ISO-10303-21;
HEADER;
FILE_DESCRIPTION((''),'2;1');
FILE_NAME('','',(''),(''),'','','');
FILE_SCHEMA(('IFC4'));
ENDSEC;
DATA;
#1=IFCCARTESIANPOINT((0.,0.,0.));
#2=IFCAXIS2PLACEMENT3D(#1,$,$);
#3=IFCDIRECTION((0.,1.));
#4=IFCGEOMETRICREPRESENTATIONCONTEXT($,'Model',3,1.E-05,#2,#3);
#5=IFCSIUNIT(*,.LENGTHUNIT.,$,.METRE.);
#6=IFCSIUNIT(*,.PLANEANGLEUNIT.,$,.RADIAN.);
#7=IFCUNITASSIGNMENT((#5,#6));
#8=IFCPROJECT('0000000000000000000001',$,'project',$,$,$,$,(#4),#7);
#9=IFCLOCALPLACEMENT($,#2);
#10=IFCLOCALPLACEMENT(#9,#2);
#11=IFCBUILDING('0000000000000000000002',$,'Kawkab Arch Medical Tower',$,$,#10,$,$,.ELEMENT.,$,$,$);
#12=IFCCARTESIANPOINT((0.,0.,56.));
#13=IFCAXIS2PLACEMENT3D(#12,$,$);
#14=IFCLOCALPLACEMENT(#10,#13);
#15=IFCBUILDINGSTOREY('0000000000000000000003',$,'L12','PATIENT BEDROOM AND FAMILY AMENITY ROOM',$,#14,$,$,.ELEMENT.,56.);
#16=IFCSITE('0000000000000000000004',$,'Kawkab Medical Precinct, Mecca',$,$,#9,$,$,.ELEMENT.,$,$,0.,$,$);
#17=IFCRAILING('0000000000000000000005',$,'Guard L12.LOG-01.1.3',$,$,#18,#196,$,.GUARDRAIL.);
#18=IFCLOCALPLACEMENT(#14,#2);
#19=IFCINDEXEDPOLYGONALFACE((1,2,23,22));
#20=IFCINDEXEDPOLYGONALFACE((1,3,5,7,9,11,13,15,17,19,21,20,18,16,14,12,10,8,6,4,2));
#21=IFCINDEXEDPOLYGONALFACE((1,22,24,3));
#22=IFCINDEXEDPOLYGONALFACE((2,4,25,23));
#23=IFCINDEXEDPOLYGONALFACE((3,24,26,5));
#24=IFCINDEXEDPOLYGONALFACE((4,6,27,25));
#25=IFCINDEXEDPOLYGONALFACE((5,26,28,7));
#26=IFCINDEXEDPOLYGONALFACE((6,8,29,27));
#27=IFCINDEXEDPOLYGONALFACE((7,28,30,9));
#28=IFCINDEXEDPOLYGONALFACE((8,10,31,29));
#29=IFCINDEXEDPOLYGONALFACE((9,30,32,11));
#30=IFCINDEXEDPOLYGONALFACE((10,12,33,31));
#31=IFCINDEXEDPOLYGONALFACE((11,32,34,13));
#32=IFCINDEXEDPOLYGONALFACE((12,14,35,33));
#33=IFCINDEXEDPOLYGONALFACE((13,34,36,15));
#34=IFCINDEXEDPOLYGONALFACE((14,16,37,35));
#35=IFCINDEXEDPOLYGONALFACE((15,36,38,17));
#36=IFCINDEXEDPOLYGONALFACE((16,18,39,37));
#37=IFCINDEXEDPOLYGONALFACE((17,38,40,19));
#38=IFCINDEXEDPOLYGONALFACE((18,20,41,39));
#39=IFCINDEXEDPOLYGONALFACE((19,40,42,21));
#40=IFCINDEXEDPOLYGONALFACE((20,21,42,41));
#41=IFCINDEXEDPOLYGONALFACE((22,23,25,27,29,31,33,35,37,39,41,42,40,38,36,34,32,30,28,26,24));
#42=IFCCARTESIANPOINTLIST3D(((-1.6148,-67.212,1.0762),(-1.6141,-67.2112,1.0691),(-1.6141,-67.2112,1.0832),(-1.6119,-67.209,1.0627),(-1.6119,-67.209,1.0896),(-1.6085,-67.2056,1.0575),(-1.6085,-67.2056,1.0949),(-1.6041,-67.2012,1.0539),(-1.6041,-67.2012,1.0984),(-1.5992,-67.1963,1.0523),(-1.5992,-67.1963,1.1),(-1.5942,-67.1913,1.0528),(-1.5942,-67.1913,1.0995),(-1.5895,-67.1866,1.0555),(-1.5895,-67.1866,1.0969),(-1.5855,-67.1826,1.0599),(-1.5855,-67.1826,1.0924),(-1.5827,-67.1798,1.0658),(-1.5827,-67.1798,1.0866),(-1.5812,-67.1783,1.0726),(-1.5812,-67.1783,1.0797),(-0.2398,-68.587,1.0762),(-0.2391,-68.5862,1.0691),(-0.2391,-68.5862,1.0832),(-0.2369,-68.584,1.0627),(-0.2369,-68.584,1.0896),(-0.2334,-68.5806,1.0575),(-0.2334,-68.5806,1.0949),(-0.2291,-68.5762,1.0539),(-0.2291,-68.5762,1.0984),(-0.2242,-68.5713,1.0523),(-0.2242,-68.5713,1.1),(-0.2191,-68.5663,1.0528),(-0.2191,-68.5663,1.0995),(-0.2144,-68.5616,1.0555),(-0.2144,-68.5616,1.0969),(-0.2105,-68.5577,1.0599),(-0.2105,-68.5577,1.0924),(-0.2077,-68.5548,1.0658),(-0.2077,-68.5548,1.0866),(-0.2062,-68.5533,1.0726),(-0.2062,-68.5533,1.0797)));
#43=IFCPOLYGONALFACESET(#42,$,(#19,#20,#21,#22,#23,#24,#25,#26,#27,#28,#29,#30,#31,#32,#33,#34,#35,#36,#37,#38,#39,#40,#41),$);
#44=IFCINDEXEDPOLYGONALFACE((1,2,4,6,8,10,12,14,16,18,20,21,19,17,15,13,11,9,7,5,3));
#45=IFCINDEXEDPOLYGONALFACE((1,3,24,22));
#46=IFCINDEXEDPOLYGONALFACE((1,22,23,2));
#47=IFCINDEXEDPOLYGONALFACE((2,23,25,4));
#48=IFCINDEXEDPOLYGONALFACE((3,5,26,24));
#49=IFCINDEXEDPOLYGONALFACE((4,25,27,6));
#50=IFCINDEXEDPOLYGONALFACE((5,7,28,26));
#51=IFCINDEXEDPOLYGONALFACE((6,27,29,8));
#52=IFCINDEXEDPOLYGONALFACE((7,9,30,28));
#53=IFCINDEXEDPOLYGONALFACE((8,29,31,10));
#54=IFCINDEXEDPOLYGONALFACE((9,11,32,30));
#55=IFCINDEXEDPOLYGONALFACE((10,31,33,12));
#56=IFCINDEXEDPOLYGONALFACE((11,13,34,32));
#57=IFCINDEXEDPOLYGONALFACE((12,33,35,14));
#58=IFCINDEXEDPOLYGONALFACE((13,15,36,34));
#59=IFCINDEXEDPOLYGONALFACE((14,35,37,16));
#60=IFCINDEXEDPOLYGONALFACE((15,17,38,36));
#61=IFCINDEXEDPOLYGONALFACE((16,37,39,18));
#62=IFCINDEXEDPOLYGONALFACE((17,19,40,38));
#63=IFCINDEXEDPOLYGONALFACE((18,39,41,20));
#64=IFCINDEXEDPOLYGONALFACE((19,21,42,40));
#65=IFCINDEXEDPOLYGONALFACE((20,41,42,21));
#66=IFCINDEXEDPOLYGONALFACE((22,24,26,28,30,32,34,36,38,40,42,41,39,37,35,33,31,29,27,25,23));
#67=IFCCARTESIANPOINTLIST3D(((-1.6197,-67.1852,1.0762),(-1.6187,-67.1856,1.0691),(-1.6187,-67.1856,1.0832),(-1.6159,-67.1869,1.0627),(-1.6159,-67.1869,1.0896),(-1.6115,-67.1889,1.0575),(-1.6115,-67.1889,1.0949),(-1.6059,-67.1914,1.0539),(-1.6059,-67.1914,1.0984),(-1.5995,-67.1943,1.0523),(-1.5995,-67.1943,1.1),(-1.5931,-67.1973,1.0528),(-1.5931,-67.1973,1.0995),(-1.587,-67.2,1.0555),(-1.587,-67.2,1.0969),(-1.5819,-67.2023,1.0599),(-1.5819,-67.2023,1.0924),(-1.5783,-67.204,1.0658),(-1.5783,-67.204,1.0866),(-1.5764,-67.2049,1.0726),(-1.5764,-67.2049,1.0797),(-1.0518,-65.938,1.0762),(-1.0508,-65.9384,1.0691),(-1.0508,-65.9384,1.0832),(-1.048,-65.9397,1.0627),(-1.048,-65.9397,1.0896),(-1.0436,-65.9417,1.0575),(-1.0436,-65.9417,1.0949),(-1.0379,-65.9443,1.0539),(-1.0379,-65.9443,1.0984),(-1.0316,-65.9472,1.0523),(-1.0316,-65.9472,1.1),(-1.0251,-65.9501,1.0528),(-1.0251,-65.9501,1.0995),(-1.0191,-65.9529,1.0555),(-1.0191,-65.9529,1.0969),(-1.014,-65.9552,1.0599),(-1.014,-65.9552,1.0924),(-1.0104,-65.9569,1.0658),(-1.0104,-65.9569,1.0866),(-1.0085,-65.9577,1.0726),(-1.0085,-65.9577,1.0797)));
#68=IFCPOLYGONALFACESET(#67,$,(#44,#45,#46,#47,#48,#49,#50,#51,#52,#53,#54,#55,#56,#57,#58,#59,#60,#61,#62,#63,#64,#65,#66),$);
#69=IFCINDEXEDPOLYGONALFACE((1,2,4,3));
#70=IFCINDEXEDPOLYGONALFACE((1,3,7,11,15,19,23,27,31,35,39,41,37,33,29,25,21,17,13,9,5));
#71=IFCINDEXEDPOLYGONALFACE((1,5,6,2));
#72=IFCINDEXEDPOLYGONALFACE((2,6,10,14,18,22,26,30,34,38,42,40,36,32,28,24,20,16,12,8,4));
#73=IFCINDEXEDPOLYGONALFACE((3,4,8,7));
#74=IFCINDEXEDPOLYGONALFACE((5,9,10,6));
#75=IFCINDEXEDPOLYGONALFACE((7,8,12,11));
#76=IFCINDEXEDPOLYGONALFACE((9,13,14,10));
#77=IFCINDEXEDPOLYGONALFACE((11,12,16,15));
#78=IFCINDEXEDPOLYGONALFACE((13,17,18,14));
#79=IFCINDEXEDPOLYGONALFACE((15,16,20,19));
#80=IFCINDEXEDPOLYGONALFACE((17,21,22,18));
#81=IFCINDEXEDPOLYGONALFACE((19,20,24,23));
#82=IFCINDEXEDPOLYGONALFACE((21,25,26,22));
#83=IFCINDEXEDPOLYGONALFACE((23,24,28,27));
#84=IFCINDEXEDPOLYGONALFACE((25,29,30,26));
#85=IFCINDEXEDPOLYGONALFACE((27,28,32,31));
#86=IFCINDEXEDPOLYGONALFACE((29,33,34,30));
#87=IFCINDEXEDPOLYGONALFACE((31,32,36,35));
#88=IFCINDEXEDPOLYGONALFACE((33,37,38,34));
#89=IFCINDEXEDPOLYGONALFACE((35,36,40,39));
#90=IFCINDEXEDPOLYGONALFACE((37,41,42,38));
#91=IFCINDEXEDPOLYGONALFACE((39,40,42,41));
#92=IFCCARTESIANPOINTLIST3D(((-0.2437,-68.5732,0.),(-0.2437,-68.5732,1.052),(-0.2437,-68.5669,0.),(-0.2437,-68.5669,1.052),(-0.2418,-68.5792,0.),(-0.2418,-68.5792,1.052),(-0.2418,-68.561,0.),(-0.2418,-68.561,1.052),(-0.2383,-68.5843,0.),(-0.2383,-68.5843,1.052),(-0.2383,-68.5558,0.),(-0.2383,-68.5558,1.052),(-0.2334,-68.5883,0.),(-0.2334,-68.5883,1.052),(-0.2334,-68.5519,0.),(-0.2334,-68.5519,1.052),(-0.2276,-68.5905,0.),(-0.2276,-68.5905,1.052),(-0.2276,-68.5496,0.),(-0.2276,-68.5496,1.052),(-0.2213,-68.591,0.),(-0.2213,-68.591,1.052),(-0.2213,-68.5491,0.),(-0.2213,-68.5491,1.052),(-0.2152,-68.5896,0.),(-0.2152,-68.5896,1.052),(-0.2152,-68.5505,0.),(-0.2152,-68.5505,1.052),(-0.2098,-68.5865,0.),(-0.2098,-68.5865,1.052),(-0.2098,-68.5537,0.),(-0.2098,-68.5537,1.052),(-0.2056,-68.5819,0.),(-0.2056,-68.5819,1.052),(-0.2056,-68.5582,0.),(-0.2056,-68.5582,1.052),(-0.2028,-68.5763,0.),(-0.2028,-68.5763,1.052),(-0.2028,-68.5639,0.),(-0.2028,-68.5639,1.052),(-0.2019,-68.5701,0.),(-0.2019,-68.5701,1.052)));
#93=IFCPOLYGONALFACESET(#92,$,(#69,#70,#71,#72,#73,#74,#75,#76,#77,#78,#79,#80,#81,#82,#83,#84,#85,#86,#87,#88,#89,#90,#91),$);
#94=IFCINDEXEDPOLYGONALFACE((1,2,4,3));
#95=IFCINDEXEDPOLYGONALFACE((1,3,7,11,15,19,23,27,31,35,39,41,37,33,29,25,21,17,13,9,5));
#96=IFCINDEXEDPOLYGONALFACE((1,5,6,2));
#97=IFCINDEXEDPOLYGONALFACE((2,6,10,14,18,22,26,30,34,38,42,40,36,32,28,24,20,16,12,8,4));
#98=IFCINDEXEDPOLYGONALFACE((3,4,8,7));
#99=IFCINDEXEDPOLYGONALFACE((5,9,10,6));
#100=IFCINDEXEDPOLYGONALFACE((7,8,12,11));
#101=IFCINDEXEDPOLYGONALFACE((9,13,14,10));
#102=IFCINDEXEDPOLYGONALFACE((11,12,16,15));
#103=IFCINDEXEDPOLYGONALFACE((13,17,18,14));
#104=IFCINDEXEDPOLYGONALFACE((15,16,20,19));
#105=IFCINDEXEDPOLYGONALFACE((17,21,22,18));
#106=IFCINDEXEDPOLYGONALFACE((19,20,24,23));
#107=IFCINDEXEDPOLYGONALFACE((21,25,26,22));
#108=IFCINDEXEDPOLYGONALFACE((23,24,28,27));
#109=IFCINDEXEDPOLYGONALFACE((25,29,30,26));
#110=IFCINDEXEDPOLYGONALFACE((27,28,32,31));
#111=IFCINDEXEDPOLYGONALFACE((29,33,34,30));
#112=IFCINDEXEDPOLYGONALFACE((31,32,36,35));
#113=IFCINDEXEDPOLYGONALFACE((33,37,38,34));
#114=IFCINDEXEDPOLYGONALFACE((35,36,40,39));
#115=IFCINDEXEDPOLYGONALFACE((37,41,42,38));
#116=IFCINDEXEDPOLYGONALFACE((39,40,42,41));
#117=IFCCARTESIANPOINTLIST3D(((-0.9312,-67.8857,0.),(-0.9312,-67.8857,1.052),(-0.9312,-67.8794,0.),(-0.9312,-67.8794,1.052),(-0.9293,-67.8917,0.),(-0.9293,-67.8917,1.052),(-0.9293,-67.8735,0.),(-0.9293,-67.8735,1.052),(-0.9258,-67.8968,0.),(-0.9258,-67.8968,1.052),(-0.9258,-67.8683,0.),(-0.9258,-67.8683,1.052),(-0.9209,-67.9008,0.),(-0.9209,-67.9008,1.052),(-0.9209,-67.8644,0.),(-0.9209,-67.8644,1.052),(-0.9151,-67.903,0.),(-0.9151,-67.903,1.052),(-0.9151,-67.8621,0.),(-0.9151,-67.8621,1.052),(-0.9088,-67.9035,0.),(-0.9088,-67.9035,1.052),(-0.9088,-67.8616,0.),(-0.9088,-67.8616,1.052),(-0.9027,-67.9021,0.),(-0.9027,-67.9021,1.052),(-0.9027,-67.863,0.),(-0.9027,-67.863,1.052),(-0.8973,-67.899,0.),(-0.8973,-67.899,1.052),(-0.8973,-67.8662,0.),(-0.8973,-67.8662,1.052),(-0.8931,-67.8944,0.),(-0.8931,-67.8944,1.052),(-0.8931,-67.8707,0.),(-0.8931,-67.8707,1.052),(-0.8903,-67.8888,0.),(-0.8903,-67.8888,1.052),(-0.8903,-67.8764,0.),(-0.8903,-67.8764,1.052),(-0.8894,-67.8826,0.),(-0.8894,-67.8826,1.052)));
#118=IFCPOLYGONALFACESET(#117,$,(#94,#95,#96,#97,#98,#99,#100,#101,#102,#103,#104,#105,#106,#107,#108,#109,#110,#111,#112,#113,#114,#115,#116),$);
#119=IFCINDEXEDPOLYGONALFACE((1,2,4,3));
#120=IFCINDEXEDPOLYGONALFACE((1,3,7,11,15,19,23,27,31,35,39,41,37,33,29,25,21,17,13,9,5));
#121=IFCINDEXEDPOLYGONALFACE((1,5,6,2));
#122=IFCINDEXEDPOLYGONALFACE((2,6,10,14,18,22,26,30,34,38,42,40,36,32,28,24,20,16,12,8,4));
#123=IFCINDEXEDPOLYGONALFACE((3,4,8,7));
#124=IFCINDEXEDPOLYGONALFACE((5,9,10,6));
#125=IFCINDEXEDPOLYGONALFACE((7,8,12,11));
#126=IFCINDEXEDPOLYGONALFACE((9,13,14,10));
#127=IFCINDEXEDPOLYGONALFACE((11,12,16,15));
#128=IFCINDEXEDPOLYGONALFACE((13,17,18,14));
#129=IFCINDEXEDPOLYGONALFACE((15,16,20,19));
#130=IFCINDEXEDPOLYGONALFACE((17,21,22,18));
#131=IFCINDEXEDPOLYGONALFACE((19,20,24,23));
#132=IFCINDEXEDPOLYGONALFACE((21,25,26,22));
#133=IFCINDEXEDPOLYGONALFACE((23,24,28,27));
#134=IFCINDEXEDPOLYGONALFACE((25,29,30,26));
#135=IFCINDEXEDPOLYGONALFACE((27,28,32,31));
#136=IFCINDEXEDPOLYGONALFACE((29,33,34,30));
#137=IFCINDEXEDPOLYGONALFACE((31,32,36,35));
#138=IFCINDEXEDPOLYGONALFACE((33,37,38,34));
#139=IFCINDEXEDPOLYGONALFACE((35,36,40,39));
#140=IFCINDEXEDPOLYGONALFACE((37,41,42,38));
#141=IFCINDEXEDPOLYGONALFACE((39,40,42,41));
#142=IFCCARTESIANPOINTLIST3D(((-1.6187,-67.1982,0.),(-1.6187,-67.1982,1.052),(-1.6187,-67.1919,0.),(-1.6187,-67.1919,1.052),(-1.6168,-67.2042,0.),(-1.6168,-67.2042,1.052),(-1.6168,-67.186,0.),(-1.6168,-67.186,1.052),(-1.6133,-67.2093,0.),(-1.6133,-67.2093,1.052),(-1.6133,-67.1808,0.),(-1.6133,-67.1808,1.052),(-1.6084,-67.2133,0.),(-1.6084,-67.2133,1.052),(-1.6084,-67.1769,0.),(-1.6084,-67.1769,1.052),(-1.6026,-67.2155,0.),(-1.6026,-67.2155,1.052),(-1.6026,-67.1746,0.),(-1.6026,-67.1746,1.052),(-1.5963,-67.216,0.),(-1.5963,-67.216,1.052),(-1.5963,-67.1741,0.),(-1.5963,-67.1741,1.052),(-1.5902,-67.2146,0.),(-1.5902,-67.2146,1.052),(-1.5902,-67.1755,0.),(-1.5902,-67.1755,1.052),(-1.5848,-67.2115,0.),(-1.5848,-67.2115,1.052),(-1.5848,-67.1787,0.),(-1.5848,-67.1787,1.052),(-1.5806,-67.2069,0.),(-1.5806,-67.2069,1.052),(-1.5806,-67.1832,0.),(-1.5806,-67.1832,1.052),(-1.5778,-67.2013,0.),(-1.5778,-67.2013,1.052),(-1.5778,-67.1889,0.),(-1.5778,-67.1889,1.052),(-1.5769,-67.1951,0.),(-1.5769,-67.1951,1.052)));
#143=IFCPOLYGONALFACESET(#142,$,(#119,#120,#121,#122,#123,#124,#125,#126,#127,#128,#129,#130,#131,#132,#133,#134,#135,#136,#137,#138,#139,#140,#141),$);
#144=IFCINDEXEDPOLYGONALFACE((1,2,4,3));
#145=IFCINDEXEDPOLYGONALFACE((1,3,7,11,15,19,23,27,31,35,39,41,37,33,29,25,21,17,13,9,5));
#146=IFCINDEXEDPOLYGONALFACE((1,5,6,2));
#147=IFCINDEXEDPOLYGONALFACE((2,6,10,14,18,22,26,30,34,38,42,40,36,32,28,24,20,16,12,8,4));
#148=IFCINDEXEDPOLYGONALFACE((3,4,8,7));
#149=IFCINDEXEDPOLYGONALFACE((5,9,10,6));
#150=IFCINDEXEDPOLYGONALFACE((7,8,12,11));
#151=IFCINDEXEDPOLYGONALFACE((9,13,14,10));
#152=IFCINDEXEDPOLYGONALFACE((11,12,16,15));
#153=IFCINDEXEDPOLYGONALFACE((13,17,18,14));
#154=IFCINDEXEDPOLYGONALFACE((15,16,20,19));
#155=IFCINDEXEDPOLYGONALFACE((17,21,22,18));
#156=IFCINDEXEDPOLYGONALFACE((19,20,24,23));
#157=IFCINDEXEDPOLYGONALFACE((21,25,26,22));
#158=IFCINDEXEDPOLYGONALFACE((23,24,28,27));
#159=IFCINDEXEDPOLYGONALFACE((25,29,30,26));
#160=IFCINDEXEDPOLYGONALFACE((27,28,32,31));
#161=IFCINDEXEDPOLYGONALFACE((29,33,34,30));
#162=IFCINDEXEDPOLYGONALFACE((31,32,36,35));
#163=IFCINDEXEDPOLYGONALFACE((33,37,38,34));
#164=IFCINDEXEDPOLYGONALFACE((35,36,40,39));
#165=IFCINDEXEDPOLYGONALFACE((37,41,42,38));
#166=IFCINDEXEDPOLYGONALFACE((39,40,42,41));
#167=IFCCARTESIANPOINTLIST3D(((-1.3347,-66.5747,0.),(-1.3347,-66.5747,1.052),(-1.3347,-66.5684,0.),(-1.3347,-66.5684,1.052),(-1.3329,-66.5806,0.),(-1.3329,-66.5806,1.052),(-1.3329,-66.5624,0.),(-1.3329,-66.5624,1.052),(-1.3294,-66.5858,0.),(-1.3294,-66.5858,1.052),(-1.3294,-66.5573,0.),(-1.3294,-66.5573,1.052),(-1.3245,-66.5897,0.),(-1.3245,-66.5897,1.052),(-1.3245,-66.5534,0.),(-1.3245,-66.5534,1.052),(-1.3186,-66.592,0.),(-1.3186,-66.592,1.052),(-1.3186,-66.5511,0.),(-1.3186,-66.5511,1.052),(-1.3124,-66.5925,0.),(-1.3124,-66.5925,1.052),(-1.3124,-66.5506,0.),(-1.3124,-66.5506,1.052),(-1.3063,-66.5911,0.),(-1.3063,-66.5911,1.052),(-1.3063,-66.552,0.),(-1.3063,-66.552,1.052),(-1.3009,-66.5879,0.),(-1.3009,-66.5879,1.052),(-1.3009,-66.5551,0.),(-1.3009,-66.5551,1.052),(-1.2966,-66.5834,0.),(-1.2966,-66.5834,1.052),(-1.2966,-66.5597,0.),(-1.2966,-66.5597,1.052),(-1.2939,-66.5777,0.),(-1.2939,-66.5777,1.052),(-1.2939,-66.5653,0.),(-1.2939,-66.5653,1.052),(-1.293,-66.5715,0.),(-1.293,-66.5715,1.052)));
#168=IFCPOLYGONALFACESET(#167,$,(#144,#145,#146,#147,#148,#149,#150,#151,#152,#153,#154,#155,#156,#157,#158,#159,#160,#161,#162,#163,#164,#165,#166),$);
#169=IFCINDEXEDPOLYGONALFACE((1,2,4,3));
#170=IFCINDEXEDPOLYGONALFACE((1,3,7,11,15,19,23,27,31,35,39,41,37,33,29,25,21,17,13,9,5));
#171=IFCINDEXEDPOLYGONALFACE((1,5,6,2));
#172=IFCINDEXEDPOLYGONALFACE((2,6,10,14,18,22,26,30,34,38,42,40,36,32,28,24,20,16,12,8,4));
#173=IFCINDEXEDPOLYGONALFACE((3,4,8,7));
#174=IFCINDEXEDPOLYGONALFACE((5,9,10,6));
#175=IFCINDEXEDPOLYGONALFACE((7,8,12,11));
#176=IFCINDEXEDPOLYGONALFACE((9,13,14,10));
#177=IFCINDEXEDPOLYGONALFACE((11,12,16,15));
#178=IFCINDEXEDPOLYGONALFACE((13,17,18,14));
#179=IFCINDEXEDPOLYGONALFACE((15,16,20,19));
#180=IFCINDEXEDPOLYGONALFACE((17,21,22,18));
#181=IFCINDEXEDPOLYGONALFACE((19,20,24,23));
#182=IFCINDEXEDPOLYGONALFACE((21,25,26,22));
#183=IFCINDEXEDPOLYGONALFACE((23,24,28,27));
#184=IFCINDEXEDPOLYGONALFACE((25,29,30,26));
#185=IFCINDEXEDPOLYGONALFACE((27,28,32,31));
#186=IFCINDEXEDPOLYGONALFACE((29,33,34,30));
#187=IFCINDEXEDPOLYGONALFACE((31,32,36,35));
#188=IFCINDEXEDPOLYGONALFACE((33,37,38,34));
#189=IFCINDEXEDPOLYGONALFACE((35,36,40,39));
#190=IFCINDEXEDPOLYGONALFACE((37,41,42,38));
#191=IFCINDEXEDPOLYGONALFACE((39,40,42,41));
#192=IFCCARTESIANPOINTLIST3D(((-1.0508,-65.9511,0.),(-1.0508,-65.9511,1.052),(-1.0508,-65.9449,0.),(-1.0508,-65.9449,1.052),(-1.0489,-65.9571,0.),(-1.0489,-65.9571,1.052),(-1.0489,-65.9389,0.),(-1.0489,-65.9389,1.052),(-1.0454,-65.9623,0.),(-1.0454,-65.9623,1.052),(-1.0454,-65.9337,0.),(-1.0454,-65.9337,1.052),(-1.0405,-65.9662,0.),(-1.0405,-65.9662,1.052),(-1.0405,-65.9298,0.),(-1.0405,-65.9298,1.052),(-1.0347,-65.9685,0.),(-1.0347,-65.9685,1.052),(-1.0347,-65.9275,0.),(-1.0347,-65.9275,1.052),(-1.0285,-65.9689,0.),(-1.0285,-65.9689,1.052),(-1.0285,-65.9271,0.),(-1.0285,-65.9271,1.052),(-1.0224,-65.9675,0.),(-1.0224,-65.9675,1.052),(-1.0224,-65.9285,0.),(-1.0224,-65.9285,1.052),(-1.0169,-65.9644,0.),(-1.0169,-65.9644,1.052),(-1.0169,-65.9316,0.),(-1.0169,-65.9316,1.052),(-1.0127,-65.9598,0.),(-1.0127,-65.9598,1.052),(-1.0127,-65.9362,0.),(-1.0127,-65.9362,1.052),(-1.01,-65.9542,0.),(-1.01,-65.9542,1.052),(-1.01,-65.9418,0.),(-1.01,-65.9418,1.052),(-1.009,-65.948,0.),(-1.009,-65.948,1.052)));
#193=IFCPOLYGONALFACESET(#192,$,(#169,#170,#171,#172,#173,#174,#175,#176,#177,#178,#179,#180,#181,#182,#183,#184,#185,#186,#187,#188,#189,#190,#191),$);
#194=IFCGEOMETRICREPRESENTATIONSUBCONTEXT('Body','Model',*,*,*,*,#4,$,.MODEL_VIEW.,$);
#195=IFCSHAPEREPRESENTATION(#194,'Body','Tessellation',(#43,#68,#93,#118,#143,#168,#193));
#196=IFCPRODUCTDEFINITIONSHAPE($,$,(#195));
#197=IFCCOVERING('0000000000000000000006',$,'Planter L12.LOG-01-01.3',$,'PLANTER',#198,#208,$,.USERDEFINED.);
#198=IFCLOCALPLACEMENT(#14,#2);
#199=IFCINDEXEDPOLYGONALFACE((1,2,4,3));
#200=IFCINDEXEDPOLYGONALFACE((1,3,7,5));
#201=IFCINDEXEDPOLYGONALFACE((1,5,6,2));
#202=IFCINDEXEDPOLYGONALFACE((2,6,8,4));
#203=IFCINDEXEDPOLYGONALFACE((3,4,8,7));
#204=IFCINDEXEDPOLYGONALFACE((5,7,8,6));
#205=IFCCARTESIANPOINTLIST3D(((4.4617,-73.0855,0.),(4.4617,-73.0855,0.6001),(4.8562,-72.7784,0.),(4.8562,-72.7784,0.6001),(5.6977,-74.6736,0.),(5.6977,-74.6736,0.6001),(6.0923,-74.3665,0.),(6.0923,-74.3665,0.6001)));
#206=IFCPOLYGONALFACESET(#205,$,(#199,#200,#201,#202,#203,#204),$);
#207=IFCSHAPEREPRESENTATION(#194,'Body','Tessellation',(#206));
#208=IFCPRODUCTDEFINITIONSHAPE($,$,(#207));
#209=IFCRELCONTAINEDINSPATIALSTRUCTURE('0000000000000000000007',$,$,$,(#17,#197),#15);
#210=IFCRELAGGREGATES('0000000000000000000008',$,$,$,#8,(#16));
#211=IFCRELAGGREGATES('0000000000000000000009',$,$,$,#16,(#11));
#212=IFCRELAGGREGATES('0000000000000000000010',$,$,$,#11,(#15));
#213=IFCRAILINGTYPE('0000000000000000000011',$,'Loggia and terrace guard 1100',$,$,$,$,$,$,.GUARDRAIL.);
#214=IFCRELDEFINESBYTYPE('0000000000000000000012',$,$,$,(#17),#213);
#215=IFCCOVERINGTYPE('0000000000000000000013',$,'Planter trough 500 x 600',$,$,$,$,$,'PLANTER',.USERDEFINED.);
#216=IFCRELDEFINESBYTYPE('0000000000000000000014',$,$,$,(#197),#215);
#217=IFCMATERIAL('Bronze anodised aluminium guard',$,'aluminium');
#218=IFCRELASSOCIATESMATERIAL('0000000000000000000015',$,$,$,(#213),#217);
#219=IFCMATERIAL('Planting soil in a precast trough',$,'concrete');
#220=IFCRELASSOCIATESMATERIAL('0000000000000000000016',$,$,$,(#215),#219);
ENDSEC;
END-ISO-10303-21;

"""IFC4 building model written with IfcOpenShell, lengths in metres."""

from ifc_helpers import new_model, si_unit, direction, frame, origin, origin_2d, place, context, subcontext, project, spatial, rectangle, circle, extrude, material, material_profile, profile_set, type_object, element, save


model = new_model("IFC4")

# Units and contexts
model_context = context("Model", 3, precision=1e-05, world=origin(), true_north=direction((0.0, 1.0)))
body_context = subcontext(model_context, "Body", "Model", "MODEL_VIEW")
ifc_project = project(units=[si_unit("LENGTHUNIT", "METRE"), si_unit("PLANEANGLEUNIT", "RADIAN")], contexts=[model_context])

# Site, building, storey
site_placement = place(None, origin())
site = spatial("IfcSite", under=ifc_project, at=site_placement, Name="Kawkab Medical Precinct, Mecca", CompositionType="ELEMENT", RefElevation=0.0)
building_placement = place(site_placement, origin())
building = spatial("IfcBuilding", under=site, at=building_placement, Name="Kawkab Arch Medical Tower", CompositionType="ELEMENT")
storey_placement = place(building_placement, frame((0.0, 0.0, 56.0)))
storey = spatial("IfcBuildingStorey", under=building, at=storey_placement, Name="L12", Description="PATIENT BEDROOM AND FAMILY AMENITY ROOM", CompositionType="ELEMENT", Elevation=56.0)

# Railing
ifc_material_1 = material(Name="Bronze anodised aluminium guard", Category="aluminium")
railing_type_1 = type_object("IfcRailingType", Name="Loggia and terrace guard 1100", PredefinedType="GUARDRAIL", material=ifc_material_1)
railing_1_placement = place(storey_placement, frame((-0.2229, -68.5701, 0.0)))
element("IfcRailing", 1, at=railing_1_placement, inside=storey, type_object=railing_type_1, Name="Guard L12.LOG-01.1.3", PredefinedType="GUARDRAIL", context=body_context, shape_type="SweptSolid", body=[
    extrude(circle(Radius=0.0239, at=origin_2d()), frame((0.0, 0.0, 1.0762), z_axis=(-0.707107, 0.707107, 0.0), x_axis=(-0.707107, -0.707107, 0.0)), (0.0, 0.0, 1.0), 1.9446),
    extrude(circle(Radius=0.0239, at=origin_2d()), frame((-1.375, 1.375, 1.0762), z_axis=(0.41442, 0.910086, 0.0), x_axis=(-0.910086, 0.41442, 0.0)), (0.0, 0.0, 1.0), 1.3704),
    extrude(circle(Radius=0.021, at=origin_2d()), origin(), (0.0, 0.0, 1.0), 1.052),
    extrude(circle(Radius=0.021, at=origin_2d()), frame((-0.6875, 0.6875, 0.0)), (0.0, 0.0, 1.0), 1.052),
    extrude(circle(Radius=0.021, at=origin_2d()), frame((-1.375, 1.375, 0.0)), (0.0, 0.0, 1.0), 1.052),
    extrude(circle(Radius=0.021, at=origin_2d()), frame((-1.0911, 1.9985, 0.0)), (0.0, 0.0, 1.0), 1.052),
    extrude(circle(Radius=0.021, at=origin_2d()), frame((-0.8071, 2.6221, 0.0)), (0.0, 0.0, 1.0), 1.052),
])

# Covering
ifc_material_2 = material(Name="Planting soil in a precast trough", Category="concrete")
ifc_material_profile_1 = material_profile(ifc_material_2, rectangle(XDim=0.5, YDim=0.6001, at=origin_2d()), Name="Trough 500x600")
ifc_profile_set_1 = profile_set([ifc_material_profile_1], Name="Planting soil in a precast trough")
covering_type = type_object("IfcCoveringType", Name="Planter trough 500 x 600", ElementType="PLANTER", PredefinedType="USERDEFINED", material=ifc_profile_set_1)
covering_1_placement = place(storey_placement, frame((5.895, -74.52, 0.3), z_axis=(-0.614209, 0.789143, 0.0), x_axis=(-0.789143, -0.614209, 0.0)))
element("IfcCovering", 2, at=covering_1_placement, inside=storey, type_object=covering_type, Name="Planter L12.LOG-01-01.3", ObjectType="PLANTER", PredefinedType="USERDEFINED", context=body_context, shape_type="SweptSolid", body=[
    extrude(rectangle(XDim=0.5, YDim=0.6001, at=origin_2d()), origin(), (0.0, 0.0, 1.0), 2.0125),
])

save(model, "model.ifc")
